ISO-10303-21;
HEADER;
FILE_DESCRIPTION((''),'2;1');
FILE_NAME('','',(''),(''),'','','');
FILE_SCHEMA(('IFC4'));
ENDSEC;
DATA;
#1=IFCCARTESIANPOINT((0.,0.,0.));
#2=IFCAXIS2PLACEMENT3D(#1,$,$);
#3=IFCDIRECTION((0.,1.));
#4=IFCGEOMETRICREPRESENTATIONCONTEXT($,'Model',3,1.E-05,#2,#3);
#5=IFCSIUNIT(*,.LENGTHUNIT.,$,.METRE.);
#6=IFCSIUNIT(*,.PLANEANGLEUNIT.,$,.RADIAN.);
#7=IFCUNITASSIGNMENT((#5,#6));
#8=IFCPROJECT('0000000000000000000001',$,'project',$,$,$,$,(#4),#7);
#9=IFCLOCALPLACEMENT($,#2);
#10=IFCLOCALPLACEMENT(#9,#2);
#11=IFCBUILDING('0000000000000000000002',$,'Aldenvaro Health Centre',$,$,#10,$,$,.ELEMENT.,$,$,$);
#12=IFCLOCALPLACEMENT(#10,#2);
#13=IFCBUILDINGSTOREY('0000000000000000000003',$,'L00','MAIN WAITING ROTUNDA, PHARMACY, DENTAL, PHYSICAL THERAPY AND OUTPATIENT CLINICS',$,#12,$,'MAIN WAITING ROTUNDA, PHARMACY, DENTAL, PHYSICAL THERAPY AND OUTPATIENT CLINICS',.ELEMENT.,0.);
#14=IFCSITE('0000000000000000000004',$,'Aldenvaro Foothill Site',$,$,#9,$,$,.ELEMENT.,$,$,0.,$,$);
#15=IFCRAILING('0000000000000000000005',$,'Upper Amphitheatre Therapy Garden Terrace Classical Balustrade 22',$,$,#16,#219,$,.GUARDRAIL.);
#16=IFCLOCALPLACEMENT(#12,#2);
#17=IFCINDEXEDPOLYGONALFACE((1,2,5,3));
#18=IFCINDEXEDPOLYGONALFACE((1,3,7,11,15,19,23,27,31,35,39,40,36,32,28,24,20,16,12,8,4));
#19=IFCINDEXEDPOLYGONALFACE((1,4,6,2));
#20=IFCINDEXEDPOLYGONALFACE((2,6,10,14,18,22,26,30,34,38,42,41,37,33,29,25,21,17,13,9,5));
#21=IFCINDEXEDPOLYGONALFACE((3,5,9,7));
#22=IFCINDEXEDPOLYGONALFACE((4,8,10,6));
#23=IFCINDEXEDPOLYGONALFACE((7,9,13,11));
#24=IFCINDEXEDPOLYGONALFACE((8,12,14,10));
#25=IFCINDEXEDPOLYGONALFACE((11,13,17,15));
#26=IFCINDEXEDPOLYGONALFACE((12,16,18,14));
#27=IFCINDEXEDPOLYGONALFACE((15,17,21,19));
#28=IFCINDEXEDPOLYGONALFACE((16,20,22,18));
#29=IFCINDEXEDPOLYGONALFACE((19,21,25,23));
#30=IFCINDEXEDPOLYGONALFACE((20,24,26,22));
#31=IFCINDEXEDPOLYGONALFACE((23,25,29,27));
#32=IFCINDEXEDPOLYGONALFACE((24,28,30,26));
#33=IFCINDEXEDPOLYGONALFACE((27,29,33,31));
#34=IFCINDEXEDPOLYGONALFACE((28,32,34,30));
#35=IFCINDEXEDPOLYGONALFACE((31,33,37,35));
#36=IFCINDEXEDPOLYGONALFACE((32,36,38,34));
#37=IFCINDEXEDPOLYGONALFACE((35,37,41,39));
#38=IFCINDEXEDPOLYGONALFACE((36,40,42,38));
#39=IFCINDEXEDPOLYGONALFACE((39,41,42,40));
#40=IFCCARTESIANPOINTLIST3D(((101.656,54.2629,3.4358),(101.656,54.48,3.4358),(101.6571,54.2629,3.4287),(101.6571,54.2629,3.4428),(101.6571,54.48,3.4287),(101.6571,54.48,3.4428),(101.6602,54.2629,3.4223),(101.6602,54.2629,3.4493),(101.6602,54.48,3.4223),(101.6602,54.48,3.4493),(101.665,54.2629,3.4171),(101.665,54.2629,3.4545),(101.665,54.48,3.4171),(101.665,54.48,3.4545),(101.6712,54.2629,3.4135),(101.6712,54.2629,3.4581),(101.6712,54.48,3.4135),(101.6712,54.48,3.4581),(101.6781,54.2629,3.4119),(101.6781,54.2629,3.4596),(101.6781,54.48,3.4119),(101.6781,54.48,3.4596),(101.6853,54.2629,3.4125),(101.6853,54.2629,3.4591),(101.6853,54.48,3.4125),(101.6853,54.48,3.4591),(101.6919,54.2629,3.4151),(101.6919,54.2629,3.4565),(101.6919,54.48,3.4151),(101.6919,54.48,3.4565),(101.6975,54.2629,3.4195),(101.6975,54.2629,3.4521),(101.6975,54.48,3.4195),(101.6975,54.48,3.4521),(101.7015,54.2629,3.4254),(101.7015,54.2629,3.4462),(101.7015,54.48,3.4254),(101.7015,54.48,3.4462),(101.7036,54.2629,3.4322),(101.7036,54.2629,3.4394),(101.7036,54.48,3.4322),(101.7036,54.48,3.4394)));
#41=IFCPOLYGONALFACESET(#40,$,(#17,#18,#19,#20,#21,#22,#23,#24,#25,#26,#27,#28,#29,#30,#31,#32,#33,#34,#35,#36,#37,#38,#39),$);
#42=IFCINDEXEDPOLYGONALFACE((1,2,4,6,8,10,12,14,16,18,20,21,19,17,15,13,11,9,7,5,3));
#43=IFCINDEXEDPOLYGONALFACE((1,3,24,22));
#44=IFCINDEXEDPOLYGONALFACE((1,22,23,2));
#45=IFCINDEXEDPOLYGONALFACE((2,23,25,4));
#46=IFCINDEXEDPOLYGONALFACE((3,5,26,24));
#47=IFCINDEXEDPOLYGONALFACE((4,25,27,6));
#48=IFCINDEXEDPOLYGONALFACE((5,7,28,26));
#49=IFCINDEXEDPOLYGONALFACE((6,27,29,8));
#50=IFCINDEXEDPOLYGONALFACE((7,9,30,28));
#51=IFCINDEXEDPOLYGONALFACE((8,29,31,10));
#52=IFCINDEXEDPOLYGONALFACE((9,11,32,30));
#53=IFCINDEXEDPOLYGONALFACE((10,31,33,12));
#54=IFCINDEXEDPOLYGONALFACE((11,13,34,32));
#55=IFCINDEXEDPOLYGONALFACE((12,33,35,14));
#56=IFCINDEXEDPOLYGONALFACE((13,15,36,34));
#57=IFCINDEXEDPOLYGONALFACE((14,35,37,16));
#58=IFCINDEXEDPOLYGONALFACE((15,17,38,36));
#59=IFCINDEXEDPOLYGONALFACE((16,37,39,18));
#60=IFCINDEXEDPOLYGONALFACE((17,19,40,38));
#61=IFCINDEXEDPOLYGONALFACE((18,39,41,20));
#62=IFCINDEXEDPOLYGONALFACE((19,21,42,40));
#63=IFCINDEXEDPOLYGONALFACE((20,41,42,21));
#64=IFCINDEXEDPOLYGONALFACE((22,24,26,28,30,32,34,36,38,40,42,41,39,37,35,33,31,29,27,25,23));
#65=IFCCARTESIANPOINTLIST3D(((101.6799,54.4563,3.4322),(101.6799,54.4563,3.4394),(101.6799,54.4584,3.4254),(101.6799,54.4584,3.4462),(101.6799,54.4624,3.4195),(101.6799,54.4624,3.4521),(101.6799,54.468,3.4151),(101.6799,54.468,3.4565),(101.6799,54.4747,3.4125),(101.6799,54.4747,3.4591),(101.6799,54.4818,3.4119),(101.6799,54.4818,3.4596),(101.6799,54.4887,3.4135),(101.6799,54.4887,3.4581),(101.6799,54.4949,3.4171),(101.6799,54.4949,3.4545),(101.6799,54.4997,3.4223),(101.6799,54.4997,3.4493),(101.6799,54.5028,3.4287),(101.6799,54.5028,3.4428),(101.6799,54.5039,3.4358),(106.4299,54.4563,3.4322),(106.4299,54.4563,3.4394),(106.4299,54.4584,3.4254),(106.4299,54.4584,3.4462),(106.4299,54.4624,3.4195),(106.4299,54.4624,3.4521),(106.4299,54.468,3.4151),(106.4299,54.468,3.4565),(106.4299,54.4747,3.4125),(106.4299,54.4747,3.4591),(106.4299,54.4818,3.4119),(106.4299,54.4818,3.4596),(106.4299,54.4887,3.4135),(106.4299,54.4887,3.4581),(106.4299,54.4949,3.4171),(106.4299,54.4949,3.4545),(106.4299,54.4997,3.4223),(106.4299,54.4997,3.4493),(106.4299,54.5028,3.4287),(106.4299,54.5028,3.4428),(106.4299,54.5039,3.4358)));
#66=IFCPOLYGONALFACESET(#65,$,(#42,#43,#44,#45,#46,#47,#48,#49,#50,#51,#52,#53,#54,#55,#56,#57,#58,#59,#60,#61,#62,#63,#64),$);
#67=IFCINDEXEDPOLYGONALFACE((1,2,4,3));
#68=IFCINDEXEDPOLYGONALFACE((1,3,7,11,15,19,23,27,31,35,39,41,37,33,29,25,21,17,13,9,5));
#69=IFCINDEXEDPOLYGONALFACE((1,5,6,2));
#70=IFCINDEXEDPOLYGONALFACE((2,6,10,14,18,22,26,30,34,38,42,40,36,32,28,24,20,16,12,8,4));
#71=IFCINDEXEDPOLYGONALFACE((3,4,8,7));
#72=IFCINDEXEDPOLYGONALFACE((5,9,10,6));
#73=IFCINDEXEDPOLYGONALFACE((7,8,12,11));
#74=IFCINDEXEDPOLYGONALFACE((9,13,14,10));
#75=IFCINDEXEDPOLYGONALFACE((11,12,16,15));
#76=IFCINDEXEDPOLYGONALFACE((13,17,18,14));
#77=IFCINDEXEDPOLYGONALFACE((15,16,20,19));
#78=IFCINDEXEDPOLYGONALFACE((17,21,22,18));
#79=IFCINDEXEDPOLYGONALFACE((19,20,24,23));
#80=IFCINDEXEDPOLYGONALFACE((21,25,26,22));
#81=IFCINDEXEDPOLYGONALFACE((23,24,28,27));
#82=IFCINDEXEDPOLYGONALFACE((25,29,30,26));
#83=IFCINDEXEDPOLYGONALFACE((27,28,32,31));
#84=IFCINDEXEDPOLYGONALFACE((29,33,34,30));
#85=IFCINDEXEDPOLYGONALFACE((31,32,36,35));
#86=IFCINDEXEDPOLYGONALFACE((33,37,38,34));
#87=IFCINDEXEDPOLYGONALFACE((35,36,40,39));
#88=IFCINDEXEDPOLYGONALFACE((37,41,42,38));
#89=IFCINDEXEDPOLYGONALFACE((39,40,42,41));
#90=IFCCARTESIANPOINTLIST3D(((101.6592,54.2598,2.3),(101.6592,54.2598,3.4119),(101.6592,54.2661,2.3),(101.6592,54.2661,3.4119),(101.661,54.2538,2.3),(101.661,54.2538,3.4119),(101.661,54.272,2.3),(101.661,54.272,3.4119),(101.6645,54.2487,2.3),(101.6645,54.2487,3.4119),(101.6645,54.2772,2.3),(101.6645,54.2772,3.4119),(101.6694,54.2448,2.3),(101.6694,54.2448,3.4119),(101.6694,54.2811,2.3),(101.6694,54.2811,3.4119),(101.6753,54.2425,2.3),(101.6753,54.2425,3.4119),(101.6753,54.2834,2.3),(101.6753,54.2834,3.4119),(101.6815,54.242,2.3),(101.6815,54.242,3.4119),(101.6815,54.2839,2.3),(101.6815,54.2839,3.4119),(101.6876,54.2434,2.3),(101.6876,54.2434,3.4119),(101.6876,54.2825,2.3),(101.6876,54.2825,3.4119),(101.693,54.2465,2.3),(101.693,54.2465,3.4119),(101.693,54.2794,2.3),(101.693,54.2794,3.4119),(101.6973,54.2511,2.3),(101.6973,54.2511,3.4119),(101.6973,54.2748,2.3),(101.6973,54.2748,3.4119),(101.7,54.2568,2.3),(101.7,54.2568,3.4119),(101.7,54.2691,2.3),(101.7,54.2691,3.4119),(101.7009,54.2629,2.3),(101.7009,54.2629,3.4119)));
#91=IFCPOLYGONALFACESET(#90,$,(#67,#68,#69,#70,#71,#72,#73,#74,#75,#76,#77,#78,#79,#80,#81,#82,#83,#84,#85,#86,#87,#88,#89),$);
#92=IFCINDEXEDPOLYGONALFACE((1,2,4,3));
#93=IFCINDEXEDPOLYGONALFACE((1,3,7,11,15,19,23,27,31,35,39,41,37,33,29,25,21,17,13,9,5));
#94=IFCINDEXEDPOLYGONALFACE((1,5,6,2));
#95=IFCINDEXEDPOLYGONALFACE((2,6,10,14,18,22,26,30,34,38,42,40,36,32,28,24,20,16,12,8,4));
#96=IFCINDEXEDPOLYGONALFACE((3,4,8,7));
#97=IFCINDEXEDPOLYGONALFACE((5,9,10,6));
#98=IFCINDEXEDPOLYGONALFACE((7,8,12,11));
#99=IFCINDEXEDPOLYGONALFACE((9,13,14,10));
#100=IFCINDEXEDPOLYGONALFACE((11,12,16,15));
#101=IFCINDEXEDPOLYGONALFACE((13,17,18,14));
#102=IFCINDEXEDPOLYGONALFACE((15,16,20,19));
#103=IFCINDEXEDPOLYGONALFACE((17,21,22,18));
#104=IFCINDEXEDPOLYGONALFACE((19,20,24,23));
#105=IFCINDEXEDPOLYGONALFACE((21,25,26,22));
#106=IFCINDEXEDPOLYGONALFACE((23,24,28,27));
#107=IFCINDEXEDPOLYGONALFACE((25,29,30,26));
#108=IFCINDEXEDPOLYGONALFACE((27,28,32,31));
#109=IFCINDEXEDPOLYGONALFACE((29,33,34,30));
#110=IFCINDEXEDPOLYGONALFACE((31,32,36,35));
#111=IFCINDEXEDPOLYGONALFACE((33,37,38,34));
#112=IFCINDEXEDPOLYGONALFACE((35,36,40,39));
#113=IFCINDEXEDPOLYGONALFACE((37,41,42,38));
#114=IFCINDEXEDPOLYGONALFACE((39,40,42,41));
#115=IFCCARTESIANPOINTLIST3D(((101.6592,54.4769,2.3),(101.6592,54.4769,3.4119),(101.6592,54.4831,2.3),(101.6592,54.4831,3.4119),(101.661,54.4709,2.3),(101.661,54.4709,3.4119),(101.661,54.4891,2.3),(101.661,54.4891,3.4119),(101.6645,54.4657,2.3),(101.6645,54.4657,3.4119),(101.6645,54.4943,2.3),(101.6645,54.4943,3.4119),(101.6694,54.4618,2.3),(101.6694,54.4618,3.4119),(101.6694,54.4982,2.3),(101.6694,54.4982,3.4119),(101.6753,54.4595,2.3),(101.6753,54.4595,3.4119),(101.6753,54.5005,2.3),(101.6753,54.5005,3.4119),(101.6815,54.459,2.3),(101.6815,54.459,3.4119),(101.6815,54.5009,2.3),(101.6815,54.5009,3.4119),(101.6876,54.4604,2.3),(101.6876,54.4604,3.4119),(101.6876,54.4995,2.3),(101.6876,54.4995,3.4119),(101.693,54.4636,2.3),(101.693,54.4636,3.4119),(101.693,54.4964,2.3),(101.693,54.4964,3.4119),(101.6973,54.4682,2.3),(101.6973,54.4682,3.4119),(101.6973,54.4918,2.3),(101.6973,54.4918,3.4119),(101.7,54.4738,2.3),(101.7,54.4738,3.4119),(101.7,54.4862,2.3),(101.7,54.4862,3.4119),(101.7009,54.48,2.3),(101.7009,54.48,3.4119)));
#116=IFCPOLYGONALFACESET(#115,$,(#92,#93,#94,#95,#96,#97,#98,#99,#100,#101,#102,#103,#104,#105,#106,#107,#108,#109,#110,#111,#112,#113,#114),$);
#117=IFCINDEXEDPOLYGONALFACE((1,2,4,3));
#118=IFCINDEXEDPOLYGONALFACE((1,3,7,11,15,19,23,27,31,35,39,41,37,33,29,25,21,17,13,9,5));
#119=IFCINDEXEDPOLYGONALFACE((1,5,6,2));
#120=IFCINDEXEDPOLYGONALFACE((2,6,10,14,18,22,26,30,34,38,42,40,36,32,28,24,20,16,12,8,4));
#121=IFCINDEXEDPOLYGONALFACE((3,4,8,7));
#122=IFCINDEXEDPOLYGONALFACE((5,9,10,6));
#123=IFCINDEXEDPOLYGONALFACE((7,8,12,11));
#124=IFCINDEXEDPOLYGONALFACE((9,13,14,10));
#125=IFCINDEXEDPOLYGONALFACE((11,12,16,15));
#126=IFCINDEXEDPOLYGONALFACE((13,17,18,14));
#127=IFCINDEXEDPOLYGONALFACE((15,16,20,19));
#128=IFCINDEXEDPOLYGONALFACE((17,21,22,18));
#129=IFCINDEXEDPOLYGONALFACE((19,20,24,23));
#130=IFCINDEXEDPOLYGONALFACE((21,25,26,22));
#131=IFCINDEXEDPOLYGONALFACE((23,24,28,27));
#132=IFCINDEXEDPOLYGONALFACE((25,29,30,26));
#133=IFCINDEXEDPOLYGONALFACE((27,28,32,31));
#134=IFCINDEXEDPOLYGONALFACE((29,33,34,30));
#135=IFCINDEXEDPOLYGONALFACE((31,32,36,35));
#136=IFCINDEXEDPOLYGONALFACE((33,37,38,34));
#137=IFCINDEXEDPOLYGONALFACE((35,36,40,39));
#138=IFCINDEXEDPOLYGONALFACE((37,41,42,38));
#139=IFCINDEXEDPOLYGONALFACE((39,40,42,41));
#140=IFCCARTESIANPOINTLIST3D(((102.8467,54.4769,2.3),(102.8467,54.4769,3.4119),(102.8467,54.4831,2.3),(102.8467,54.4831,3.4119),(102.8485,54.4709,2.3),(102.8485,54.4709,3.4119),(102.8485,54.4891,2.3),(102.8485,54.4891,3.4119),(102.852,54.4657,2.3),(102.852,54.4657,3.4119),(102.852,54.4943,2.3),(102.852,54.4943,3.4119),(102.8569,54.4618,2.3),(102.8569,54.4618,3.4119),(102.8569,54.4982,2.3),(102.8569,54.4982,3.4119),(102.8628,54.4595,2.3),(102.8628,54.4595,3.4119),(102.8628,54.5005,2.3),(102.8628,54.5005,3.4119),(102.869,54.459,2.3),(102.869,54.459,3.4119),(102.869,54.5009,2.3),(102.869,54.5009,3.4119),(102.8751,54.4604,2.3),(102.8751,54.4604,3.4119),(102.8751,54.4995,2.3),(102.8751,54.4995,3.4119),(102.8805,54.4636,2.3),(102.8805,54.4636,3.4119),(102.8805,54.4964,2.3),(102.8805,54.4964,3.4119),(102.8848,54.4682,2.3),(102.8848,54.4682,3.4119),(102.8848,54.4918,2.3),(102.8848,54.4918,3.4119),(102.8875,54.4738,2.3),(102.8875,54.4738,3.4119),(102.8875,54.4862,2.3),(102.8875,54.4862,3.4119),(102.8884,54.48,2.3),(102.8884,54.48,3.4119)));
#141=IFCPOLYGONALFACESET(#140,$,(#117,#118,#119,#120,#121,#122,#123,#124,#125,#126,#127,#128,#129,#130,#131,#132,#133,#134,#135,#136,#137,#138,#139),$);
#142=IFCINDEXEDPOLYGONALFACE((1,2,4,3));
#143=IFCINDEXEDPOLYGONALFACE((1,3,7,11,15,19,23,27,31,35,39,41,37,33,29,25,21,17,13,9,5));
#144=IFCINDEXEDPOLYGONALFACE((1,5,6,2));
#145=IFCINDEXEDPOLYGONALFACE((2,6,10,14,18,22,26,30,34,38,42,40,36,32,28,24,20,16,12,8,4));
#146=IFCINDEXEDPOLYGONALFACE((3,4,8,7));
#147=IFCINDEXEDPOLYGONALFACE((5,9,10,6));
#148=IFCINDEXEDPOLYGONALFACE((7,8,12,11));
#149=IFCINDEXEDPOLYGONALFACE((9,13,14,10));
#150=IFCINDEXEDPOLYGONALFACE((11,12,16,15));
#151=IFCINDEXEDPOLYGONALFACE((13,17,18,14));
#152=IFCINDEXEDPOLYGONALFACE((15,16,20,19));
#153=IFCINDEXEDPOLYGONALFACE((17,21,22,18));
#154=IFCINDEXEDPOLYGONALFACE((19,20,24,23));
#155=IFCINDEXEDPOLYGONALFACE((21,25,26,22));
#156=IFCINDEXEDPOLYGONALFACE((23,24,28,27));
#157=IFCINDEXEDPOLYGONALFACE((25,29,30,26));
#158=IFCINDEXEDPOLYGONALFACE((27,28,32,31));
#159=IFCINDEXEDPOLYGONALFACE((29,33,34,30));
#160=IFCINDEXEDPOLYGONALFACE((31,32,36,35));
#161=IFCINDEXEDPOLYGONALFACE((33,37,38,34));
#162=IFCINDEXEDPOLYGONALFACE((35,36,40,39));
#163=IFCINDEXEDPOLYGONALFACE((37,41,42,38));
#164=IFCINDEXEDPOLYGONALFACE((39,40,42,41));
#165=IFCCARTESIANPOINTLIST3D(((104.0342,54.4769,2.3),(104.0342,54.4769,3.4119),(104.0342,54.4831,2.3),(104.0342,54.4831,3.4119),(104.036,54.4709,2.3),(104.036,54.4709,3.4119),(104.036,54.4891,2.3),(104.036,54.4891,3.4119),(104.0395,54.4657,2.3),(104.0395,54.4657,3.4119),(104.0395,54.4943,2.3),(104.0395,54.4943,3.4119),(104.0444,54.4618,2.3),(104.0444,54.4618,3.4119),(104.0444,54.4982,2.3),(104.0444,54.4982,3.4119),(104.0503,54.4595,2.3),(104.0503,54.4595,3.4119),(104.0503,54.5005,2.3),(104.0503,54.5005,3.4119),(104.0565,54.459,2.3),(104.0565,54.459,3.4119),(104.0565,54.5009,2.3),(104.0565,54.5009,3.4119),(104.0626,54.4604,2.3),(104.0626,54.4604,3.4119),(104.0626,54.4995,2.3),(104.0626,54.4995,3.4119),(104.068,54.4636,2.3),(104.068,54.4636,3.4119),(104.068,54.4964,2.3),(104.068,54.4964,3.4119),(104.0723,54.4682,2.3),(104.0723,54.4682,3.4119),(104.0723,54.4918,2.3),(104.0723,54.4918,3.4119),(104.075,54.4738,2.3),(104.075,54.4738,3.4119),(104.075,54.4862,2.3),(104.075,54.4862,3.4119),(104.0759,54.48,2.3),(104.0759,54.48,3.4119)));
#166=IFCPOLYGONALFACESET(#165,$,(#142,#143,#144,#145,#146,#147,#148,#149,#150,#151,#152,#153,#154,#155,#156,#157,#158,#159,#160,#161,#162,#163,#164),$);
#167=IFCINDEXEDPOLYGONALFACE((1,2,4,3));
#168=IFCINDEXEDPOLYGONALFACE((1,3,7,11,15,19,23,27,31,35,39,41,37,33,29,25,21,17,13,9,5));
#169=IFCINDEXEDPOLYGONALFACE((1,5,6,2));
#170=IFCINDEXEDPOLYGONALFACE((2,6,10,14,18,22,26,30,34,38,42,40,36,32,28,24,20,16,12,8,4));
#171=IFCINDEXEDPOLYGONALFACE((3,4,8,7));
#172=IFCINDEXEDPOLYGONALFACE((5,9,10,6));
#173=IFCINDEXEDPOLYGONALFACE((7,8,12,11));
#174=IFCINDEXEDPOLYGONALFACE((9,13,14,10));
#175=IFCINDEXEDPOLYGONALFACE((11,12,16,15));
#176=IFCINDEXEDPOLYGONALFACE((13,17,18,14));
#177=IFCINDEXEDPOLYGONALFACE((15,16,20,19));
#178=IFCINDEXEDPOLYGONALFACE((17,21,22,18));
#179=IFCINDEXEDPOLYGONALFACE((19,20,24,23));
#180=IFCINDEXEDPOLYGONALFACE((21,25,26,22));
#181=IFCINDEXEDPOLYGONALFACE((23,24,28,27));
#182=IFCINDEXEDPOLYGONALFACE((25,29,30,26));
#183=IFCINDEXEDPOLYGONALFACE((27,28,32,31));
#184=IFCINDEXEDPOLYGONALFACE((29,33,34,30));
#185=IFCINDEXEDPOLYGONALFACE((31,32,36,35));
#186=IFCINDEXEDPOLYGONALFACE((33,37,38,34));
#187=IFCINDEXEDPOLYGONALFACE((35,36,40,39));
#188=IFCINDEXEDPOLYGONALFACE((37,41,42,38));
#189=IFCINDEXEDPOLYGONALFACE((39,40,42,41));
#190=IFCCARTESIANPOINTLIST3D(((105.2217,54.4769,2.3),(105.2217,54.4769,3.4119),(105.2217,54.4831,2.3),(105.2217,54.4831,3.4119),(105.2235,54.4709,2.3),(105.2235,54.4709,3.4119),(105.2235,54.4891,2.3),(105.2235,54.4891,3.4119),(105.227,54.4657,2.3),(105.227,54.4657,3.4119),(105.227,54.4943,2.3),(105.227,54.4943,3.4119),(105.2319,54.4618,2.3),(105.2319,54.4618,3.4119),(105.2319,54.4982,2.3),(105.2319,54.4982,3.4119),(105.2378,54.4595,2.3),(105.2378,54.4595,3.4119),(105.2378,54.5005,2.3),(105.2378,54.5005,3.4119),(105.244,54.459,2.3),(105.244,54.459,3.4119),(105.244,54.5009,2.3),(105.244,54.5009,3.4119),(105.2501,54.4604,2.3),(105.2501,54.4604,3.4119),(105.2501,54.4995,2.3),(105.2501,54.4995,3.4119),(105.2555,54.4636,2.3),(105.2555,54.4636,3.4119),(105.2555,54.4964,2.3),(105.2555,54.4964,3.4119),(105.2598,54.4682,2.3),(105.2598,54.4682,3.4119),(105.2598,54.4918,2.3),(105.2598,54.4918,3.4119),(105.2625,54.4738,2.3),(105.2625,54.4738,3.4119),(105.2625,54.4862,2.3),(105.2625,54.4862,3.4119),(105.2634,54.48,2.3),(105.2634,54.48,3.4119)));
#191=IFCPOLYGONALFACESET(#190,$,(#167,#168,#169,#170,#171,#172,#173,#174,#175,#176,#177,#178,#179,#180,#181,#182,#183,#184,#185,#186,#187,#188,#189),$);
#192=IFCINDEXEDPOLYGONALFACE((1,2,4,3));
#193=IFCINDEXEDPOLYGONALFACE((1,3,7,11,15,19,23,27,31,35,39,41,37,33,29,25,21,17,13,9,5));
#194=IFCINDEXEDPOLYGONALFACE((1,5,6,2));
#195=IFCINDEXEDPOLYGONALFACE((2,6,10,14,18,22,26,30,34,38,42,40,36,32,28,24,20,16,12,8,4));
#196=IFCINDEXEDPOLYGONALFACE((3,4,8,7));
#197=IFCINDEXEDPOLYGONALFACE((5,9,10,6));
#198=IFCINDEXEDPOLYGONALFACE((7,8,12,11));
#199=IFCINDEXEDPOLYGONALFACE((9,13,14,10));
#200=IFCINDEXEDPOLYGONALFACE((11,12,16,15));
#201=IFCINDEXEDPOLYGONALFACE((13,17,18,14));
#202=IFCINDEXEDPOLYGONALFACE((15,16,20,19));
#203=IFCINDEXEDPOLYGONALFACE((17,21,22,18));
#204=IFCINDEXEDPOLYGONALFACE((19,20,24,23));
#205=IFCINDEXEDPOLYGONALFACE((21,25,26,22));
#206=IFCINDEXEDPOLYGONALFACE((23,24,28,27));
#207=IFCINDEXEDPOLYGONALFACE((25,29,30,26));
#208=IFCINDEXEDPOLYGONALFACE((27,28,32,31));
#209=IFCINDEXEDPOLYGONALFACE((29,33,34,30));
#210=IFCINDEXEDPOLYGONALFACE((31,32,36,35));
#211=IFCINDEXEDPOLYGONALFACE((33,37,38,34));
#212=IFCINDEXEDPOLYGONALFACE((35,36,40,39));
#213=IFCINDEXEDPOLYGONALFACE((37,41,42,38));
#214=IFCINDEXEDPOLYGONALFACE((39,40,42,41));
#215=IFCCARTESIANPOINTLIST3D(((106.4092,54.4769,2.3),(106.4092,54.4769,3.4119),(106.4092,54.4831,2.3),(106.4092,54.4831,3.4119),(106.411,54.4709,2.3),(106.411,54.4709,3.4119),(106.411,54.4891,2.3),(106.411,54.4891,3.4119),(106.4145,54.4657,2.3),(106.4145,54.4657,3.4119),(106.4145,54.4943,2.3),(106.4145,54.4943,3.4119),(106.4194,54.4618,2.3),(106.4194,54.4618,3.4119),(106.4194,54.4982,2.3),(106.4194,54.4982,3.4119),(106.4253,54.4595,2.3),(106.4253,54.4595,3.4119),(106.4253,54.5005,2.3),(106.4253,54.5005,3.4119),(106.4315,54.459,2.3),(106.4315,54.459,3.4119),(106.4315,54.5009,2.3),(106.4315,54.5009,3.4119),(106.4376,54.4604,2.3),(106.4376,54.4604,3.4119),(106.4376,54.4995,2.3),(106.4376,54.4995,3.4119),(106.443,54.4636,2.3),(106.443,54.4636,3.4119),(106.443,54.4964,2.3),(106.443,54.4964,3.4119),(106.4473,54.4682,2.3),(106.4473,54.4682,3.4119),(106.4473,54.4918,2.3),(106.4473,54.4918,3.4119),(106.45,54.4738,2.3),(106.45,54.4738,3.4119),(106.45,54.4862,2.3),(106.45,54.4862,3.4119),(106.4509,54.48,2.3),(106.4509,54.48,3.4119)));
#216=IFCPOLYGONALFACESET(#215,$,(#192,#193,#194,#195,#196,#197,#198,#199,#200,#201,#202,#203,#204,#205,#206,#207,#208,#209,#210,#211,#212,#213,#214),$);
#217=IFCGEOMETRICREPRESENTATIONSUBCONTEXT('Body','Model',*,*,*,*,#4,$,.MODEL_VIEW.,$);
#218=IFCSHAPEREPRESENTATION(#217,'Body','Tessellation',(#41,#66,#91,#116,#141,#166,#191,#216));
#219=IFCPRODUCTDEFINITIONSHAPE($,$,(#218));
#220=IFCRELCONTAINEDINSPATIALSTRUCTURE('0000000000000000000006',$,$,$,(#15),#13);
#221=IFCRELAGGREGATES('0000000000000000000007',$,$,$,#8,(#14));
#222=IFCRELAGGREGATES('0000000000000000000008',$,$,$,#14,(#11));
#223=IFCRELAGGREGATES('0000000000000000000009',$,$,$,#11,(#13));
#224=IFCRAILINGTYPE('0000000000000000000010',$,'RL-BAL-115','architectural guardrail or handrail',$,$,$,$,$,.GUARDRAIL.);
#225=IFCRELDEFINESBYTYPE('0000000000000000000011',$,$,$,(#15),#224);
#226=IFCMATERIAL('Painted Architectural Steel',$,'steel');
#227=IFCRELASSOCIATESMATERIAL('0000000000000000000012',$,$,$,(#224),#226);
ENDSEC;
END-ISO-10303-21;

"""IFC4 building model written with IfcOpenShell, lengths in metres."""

from ifc_helpers import new_model, si_unit, direction, frame, origin, origin_2d, place, context, subcontext, project, spatial, circle, extrude, material, type_object, element, save


model = new_model("IFC4")

# Units and contexts
model_context = context("Model", 3, precision=1e-05, world=origin(), true_north=direction((0.0, 1.0)))
body_context = subcontext(model_context, "Body", "Model", "MODEL_VIEW")
ifc_project = project(units=[si_unit("LENGTHUNIT", "METRE"), si_unit("PLANEANGLEUNIT", "RADIAN")], contexts=[model_context])

# Site, building, storey
site_placement = place(None, origin())
site = spatial("IfcSite", under=ifc_project, at=site_placement, Name="Aldenvaro Foothill Site", CompositionType="ELEMENT", RefElevation=0.0)
building_placement = place(site_placement, origin())
building = spatial("IfcBuilding", under=site, at=building_placement, Name="Aldenvaro Health Centre", CompositionType="ELEMENT")
storey_placement = place(building_placement, origin())
storey = spatial("IfcBuildingStorey", under=building, at=storey_placement, Name="L00", Description="MAIN WAITING ROTUNDA, PHARMACY, DENTAL, PHYSICAL THERAPY AND OUTPATIENT CLINICS", LongName="MAIN WAITING ROTUNDA, PHARMACY, DENTAL, PHYSICAL THERAPY AND OUTPATIENT CLINICS", CompositionType="ELEMENT", Elevation=0.0)

# Railing
ifc_material_1 = material(Name="Painted Architectural Steel", Category="steel")
railing_type_1 = type_object("IfcRailingType", Name="RL-BAL-115", Description="architectural guardrail or handrail", PredefinedType="GUARDRAIL", material=ifc_material_1)
railing_1_placement = place(storey_placement, frame((101.6799, 54.2629, 2.3)))
element("IfcRailing", 1, at=railing_1_placement, inside=storey, type_object=railing_type_1, Name="Upper Amphitheatre Therapy Garden Terrace Classical Balustrade 22", PredefinedType="GUARDRAIL", context=body_context, shape_type="SweptSolid", body=[
    extrude(circle(Radius=0.0239, at=origin_2d()), frame((0.0, 0.0, 1.1357), z_axis=(0.0, 1.0, 0.0), x_axis=(-1.0, 0.0, 0.0)), (0.0, 0.0, 1.0), 0.217),
    extrude(circle(Radius=0.0239, at=origin_2d()), frame((0.0, 0.217, 1.1357), z_axis=(1.0, 0.0, 0.0), x_axis=(0.0, 1.0, 0.0)), (0.0, 0.0, 1.0), 4.75),
    extrude(circle(Radius=0.021, at=origin_2d()), origin(), (0.0, 0.0, 1.0), 1.1118),
    extrude(circle(Radius=0.021, at=origin_2d()), frame((0.0, 0.217, 0.0)), (0.0, 0.0, 1.0), 1.1118),
    extrude(circle(Radius=0.021, at=origin_2d()), frame((1.1875, 0.217, 0.0)), (0.0, 0.0, 1.0), 1.1118),
    extrude(circle(Radius=0.021, at=origin_2d()), frame((2.375, 0.217, 0.0)), (0.0, 0.0, 1.0), 1.1118),
    extrude(circle(Radius=0.021, at=origin_2d()), frame((3.5625, 0.217, 0.0)), (0.0, 0.0, 1.0), 1.1118),
    extrude(circle(Radius=0.021, at=origin_2d()), frame((4.75, 0.217, 0.0)), (0.0, 0.0, 1.0), 1.1118),
])

save(model, "model.ifc")
